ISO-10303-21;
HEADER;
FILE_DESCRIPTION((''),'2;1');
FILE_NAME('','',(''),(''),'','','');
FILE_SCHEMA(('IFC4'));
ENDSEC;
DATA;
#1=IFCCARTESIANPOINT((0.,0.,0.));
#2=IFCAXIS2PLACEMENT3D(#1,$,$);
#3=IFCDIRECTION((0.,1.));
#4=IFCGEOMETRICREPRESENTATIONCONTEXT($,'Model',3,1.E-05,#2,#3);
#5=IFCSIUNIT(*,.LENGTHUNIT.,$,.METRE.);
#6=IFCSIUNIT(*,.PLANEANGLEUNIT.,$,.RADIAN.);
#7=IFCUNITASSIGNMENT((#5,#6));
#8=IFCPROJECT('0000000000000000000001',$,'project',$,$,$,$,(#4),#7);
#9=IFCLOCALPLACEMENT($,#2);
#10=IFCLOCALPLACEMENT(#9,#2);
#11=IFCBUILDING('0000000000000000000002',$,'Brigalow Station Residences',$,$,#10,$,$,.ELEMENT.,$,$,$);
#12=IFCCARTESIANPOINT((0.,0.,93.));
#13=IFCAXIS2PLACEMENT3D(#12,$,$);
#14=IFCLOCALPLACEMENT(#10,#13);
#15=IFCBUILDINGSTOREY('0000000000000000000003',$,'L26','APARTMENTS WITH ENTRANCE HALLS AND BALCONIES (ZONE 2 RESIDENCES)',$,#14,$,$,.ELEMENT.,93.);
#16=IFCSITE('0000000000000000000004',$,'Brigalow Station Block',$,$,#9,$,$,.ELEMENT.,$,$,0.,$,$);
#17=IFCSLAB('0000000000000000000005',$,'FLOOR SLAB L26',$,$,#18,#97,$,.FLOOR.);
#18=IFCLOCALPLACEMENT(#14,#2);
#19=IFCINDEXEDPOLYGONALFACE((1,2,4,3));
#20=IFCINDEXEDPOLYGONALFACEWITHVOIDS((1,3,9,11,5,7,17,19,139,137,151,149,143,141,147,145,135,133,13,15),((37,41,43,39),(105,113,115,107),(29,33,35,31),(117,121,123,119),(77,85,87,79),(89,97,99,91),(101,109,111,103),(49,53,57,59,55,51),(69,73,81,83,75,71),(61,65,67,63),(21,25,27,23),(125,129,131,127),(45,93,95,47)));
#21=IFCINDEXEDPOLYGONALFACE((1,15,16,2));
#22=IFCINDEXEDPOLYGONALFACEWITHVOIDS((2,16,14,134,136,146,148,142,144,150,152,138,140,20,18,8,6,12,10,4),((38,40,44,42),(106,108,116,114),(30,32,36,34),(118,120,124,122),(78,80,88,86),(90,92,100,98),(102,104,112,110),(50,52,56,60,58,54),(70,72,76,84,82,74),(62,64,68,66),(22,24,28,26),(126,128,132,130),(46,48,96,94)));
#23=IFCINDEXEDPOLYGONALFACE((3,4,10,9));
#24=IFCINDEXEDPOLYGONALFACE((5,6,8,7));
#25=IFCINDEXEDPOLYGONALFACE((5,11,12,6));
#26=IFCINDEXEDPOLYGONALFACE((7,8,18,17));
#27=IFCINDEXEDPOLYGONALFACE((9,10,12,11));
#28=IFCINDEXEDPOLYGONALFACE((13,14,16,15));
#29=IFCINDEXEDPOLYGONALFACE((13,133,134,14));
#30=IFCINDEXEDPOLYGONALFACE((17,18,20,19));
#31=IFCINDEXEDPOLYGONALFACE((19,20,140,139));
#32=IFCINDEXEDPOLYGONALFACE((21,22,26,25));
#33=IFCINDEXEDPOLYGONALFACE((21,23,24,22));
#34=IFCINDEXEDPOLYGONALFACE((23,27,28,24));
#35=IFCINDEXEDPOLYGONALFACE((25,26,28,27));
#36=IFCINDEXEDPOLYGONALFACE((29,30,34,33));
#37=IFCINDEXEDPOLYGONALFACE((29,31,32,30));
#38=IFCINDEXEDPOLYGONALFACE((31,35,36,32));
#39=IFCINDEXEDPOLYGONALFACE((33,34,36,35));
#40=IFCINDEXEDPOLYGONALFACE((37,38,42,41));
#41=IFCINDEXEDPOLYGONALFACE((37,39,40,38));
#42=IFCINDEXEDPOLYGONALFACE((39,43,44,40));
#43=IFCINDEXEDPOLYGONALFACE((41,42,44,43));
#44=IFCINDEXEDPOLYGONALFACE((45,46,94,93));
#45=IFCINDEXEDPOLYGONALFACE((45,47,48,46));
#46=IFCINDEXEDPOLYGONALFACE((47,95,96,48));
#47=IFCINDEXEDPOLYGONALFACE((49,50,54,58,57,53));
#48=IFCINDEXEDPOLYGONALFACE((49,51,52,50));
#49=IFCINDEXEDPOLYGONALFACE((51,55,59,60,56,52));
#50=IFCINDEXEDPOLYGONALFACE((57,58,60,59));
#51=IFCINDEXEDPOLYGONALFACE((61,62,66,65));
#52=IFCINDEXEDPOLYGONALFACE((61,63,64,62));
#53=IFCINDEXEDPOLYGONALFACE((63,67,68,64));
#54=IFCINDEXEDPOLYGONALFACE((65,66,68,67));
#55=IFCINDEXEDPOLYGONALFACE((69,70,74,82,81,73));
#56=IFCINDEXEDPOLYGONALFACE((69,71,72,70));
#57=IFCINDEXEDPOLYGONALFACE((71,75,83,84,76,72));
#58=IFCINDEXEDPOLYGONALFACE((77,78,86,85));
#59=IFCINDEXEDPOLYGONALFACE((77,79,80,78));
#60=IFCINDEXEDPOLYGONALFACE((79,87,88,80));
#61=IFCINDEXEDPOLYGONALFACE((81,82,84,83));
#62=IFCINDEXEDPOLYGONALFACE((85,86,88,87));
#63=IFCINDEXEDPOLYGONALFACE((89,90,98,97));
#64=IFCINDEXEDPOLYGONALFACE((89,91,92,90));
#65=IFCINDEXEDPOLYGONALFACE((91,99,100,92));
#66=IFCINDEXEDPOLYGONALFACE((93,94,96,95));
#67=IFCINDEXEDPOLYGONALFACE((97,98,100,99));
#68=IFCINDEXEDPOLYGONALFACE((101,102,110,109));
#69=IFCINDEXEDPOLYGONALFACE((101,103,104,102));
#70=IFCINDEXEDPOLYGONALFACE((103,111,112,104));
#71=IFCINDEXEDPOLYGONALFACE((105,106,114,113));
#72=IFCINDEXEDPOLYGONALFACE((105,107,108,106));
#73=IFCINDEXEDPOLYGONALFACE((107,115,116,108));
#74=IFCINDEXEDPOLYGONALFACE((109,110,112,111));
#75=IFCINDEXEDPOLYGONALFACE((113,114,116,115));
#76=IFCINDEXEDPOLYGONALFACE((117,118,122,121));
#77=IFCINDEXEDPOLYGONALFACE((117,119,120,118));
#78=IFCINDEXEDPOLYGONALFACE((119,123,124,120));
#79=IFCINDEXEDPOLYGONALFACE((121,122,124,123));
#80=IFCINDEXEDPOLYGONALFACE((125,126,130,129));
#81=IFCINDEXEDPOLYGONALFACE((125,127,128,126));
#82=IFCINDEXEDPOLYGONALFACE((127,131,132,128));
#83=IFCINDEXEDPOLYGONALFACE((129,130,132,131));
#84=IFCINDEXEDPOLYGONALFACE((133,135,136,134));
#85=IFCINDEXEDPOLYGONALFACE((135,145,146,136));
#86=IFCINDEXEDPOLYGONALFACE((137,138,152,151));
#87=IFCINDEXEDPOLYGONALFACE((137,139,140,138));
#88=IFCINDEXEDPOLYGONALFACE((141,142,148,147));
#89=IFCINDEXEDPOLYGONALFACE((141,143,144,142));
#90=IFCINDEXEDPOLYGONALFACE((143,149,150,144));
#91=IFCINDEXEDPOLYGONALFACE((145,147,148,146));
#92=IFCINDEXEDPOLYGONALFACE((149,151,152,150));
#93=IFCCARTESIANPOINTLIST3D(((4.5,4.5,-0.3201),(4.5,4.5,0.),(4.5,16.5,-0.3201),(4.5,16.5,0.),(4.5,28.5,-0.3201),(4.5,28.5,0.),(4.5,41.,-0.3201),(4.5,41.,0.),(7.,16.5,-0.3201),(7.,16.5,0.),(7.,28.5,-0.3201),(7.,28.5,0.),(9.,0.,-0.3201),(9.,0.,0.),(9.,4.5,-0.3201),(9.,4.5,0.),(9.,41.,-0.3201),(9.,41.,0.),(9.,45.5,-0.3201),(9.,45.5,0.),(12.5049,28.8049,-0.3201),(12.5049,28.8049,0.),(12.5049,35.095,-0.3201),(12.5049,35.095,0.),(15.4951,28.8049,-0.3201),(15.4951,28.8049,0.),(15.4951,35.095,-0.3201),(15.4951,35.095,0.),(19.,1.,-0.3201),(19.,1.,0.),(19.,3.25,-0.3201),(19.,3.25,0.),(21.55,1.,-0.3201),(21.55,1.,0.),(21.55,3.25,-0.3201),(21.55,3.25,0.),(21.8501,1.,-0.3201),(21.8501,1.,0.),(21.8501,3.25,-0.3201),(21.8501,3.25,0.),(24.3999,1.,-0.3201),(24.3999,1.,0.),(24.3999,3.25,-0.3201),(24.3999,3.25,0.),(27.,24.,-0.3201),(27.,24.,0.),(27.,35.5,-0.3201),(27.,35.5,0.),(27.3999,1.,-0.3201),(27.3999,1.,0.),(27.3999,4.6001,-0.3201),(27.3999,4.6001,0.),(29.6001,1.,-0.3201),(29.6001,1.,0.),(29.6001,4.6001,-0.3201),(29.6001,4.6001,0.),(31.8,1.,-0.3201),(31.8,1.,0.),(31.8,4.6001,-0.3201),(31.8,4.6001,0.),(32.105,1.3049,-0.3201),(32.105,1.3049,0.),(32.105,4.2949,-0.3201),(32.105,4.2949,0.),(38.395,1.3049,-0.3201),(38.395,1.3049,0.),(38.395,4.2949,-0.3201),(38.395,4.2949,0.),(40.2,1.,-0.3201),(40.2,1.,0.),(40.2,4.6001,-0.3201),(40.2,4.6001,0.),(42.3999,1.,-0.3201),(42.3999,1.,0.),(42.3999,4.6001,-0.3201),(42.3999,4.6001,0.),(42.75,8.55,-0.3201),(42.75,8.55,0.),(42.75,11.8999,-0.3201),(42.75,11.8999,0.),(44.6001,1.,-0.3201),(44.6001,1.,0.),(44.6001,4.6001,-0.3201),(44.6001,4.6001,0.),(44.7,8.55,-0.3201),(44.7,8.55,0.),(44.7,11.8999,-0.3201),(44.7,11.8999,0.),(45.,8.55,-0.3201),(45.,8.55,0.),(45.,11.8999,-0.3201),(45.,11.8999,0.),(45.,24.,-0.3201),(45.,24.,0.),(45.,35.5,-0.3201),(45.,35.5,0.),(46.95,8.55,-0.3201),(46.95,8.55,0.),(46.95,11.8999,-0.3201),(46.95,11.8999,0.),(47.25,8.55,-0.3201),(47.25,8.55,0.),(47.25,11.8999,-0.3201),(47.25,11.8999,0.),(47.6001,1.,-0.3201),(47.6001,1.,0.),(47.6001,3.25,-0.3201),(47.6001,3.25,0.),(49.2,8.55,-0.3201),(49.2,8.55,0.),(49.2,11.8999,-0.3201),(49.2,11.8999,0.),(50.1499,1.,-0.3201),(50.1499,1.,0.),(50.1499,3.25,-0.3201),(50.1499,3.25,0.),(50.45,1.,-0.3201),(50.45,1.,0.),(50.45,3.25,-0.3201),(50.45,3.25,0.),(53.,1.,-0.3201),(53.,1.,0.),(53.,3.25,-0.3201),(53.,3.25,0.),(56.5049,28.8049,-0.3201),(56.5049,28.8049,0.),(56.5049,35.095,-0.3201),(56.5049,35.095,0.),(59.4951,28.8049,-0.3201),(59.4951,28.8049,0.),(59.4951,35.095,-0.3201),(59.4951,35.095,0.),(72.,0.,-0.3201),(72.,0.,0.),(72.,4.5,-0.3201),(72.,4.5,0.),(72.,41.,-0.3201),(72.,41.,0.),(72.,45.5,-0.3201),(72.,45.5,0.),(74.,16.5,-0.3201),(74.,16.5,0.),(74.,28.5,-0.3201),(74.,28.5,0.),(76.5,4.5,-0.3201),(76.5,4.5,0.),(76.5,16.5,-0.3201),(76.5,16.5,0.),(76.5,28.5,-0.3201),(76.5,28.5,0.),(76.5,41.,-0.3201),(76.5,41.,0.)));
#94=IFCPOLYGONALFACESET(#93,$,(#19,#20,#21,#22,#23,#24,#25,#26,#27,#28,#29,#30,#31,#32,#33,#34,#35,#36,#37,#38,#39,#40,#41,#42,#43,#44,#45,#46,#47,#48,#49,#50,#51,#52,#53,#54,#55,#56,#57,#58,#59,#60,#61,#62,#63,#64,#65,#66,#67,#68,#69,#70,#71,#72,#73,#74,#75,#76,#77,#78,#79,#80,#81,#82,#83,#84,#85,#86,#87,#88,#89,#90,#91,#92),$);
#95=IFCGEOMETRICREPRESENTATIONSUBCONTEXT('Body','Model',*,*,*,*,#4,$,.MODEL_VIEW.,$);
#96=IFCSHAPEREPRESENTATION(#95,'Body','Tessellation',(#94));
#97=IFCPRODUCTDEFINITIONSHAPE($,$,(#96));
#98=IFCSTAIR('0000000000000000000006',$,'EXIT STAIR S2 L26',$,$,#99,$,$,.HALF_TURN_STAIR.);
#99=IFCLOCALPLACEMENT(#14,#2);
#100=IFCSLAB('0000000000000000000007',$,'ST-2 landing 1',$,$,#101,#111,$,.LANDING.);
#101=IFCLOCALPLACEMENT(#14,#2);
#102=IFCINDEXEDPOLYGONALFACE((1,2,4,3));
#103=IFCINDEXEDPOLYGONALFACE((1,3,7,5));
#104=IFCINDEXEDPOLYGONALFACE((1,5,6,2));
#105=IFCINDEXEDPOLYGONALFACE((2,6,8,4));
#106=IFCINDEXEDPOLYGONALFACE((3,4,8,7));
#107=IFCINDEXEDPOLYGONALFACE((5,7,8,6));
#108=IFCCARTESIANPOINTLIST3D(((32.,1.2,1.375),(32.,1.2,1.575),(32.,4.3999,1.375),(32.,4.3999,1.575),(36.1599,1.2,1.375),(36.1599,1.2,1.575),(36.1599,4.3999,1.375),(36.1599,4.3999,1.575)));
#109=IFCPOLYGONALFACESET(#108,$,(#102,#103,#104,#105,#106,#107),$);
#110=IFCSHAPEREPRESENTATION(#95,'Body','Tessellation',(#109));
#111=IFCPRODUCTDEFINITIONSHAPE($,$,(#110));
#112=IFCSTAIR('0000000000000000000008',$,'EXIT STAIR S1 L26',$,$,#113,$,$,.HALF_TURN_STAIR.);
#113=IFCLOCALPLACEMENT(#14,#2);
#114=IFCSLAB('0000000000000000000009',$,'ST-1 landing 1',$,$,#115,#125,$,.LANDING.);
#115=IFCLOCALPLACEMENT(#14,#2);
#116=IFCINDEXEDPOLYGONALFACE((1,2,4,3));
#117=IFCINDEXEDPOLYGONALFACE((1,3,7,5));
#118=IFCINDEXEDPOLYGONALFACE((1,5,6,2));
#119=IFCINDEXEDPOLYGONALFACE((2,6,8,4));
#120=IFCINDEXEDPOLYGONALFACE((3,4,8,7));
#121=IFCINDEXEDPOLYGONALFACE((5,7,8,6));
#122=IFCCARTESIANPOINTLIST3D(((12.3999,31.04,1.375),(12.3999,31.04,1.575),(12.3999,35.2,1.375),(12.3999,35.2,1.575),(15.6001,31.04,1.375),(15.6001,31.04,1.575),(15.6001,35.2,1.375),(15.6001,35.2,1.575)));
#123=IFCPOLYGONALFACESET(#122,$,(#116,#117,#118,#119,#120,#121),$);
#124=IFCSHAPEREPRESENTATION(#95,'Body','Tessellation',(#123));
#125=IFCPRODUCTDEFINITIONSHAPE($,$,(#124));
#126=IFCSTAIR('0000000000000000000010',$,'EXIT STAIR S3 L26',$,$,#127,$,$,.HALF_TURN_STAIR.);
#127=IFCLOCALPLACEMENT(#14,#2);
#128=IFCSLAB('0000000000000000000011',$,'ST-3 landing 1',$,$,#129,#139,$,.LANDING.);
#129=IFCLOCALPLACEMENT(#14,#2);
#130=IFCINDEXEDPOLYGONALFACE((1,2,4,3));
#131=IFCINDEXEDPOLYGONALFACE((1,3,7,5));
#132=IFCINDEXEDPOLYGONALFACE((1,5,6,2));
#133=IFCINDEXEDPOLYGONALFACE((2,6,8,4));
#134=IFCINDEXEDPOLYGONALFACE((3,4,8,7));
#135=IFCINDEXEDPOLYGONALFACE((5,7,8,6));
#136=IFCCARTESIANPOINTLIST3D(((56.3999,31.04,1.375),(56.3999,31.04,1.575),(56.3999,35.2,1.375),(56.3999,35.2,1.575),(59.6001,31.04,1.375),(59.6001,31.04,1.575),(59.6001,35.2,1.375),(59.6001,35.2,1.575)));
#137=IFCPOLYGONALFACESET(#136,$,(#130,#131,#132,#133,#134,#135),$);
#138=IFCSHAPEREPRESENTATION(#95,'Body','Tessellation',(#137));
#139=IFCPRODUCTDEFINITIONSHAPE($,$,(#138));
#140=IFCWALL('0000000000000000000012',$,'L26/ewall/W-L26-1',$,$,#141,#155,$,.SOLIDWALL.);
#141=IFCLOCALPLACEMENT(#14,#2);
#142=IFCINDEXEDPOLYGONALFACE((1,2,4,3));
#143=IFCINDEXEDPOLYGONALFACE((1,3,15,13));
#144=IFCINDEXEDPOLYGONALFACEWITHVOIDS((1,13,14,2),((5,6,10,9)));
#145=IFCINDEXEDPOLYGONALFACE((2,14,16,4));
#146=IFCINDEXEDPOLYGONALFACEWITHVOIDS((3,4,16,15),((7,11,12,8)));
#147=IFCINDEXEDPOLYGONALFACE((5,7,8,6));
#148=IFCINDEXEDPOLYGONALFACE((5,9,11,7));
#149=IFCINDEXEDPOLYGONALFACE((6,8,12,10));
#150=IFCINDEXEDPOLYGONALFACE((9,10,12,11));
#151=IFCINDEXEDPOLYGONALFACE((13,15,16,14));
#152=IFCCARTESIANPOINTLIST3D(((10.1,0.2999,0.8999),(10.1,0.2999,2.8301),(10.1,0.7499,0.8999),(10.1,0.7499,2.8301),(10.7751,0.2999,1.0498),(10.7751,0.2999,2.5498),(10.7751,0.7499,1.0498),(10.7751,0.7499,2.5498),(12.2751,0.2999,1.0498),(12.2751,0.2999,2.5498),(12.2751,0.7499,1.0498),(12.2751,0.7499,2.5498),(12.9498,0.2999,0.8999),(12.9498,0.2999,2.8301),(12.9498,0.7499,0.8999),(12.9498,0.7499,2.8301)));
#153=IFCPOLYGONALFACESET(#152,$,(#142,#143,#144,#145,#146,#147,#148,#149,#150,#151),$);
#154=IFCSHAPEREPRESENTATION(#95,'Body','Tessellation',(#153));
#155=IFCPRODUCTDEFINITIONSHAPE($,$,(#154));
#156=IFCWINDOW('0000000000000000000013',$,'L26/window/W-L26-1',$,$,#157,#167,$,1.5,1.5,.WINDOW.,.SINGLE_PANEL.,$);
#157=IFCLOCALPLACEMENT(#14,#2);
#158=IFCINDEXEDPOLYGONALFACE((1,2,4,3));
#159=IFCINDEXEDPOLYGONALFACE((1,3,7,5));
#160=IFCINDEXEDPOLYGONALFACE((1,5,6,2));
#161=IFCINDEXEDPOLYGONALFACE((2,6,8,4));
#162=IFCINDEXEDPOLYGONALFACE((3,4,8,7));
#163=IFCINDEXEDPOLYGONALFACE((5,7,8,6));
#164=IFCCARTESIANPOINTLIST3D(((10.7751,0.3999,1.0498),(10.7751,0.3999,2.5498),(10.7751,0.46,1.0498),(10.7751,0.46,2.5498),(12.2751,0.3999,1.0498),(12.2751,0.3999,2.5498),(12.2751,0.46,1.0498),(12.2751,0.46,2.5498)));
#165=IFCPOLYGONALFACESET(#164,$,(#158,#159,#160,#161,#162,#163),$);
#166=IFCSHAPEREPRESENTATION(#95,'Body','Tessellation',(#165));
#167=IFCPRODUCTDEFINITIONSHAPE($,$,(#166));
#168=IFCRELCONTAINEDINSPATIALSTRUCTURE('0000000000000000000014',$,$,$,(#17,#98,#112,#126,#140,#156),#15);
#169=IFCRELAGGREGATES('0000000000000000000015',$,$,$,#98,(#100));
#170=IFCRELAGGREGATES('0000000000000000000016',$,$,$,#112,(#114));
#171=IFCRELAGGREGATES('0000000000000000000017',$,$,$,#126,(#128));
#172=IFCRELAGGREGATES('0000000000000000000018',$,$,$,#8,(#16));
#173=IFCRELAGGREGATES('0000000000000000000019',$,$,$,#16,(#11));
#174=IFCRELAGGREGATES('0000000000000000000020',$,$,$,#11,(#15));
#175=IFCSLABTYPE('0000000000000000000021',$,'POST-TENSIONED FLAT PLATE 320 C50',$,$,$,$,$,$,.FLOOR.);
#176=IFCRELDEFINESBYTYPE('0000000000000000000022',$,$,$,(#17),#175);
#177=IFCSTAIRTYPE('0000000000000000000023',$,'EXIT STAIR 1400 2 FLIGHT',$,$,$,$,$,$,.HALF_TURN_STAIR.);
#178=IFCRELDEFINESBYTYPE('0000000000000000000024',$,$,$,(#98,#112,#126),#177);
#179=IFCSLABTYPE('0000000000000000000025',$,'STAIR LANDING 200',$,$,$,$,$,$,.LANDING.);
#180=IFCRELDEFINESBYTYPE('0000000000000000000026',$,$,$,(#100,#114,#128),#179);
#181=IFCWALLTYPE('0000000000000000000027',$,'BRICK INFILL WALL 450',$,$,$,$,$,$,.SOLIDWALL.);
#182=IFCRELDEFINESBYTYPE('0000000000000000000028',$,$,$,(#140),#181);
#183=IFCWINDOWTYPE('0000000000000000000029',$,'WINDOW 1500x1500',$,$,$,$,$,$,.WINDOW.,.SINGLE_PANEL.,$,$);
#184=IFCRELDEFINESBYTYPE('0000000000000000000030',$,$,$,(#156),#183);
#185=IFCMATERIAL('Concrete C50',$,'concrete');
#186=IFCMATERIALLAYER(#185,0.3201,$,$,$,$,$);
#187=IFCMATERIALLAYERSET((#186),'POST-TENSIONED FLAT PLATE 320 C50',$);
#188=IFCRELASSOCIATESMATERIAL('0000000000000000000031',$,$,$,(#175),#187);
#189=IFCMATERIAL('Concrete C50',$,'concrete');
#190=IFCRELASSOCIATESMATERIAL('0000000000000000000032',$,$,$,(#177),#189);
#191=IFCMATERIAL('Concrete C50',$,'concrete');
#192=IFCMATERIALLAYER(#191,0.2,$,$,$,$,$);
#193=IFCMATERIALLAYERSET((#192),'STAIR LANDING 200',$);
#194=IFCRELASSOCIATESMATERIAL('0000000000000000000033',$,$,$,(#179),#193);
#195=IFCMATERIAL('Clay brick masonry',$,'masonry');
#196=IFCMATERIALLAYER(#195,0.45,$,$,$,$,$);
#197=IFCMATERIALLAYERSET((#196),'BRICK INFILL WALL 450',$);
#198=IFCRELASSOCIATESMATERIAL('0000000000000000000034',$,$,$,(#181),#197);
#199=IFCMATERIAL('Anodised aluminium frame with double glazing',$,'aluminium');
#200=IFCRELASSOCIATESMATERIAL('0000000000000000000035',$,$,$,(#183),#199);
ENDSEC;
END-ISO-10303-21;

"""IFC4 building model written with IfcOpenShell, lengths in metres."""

from ifc_helpers import new_model, si_unit, direction, frame, frame_2d, origin, place, context, subcontext, project, spatial, polyline, rectangle, outline, extrude, material, layer, layer_set, type_object, element, fill, aggregate, save


model = new_model("IFC4")

# Units and contexts
model_context = context("Model", 3, precision=1e-05, world=origin(), true_north=direction((0.0, 1.0)))
body_context = subcontext(model_context, "Body", "Model", "MODEL_VIEW")
ifc_project = project(units=[si_unit("LENGTHUNIT", "METRE"), si_unit("PLANEANGLEUNIT", "RADIAN")], contexts=[model_context])

# Site, building, storey
site_placement = place(None, origin())
site = spatial("IfcSite", under=ifc_project, at=site_placement, Name="Brigalow Station Block", CompositionType="ELEMENT", RefElevation=0.0)
building_placement = place(site_placement, origin())
building = spatial("IfcBuilding", under=site, at=building_placement, Name="Brigalow Station Residences", CompositionType="ELEMENT")
storey_placement = place(building_placement, frame((0.0, 0.0, 93.0)))
storey = spatial("IfcBuildingStorey", under=building, at=storey_placement, Name="L26", Description="APARTMENTS WITH ENTRANCE HALLS AND BALCONIES (ZONE 2 RESIDENCES)", CompositionType="ELEMENT", Elevation=93.0)

# Slab
ifc_material_1 = material(Name="Concrete C50", Category="concrete")
ifc_layer_1 = layer(ifc_material_1, 0.3201)
ifc_layer_set_1 = layer_set([ifc_layer_1], Name="POST-TENSIONED FLAT PLATE 320 C50")
slab_type_1 = type_object("IfcSlabType", Name="POST-TENSIONED FLAT PLATE 320 C50", PredefinedType="FLOOR", material=ifc_layer_set_1)
slab_1_placement = place(storey_placement, frame((0.0, 0.0, -0.3201)))
element("IfcSlab", 1, at=slab_1_placement, inside=storey, type_object=slab_type_1, Name="FLOOR SLAB L26", PredefinedType="FLOOR", context=body_context, shape_type="SweptSolid", body=[
    extrude(outline(polyline([(9.0, 0.0), (72.0, 0.0), (72.0, 4.5), (76.5, 4.5), (76.5, 16.5), (74.0, 16.5), (74.0, 28.5), (76.5, 28.5), (76.5, 41.0), (72.0, 41.0), (72.0, 45.5), (9.0, 45.5), (9.0, 41.0), (4.5, 41.0), (4.5, 28.5), (7.0, 28.5), (7.0, 16.5), (4.5, 16.5), (4.5, 4.5), (9.0, 4.5), (9.0, 0.0)]), holes=[polyline([(12.5049, 35.095), (15.4951, 35.095), (15.4951, 28.8049), (12.5049, 28.8049), (12.5049, 35.095)]), polyline([(19.0, 1.0), (19.0, 3.25), (21.55, 3.25), (21.55, 1.0), (19.0, 1.0)]), polyline([(21.8501, 3.25), (24.3999, 3.25), (24.3999, 1.0), (21.8501, 1.0), (21.8501, 3.25)]), polyline([(27.0, 35.5), (45.0, 35.5), (45.0, 24.0), (27.0, 24.0), (27.0, 35.5)]), polyline([(29.6001, 4.6001), (31.8, 4.6001), (31.8, 1.0), (29.6001, 1.0), (27.3999, 1.0), (27.3999, 4.6001), (29.6001, 4.6001)]), polyline([(32.105, 4.2949), (38.395, 4.2949), (38.395, 1.3049), (32.105, 1.3049), (32.105, 4.2949)]), polyline([(40.2, 4.6001), (42.3999, 4.6001), (44.6001, 4.6001), (44.6001, 1.0), (42.3999, 1.0), (40.2, 1.0), (40.2, 4.6001)]), polyline([(42.75, 11.8999), (44.7, 11.8999), (44.7, 8.55), (42.75, 8.55), (42.75, 11.8999)]), polyline([(45.0, 11.8999), (46.95, 11.8999), (46.95, 8.55), (45.0, 8.55), (45.0, 11.8999)]), polyline([(47.25, 11.8999), (49.2, 11.8999), (49.2, 8.55), (47.25, 8.55), (47.25, 11.8999)]), polyline([(47.6001, 3.25), (50.1499, 3.25), (50.1499, 1.0), (47.6001, 1.0), (47.6001, 3.25)]), polyline([(50.45, 3.25), (53.0, 3.25), (53.0, 1.0), (50.45, 1.0), (50.45, 3.25)]), polyline([(56.5049, 35.095), (59.4951, 35.095), (59.4951, 28.8049), (56.5049, 28.8049), (56.5049, 35.095)])]), origin(), (0.0, 0.0, 1.0), 0.3201),
])

# Stairs, slabs
ifc_material_2 = material(Name="Concrete C50", Category="concrete")
stair_type = type_object("IfcStairType", Name="EXIT STAIR 1400 2 FLIGHT", PredefinedType="HALF_TURN_STAIR", material=ifc_material_2)
stair_1_placement = place(storey_placement, origin())
stair_1 = element("IfcStair", 2, at=stair_1_placement, inside=storey, type_object=stair_type, Name="EXIT STAIR S2 L26", PredefinedType="HALF_TURN_STAIR")
ifc_material_3 = material(Name="Concrete C50", Category="concrete")
ifc_layer_2 = layer(ifc_material_3, 0.2)
ifc_layer_set_2 = layer_set([ifc_layer_2], Name="STAIR LANDING 200")
slab_type_2 = type_object("IfcSlabType", Name="STAIR LANDING 200", PredefinedType="LANDING", material=ifc_layer_set_2)
slab_2_placement = place(storey_placement, frame((0.0, 0.0, 1.375)))
slab_2 = element("IfcSlab", 3, at=slab_2_placement, type_object=slab_type_2, Name="ST-2 landing 1", PredefinedType="LANDING", context=body_context, shape_type="SweptSolid", body=[
    extrude(outline(polyline([(32.0, 1.2), (36.1599, 1.2), (36.1599, 4.3999), (32.0, 4.3999), (32.0, 1.2)])), origin(), (0.0, 0.0, 1.0), 0.2),
])
aggregate(stair_1, [slab_2])
stair_2_placement = place(storey_placement, origin())
stair_2 = element("IfcStair", 4, at=stair_2_placement, inside=storey, type_object=stair_type, Name="EXIT STAIR S1 L26", PredefinedType="HALF_TURN_STAIR")
slab_3_placement = place(storey_placement, frame((0.0, 0.0, 1.375)))
slab_3 = element("IfcSlab", 5, at=slab_3_placement, type_object=slab_type_2, Name="ST-1 landing 1", PredefinedType="LANDING", context=body_context, shape_type="SweptSolid", body=[
    extrude(outline(polyline([(12.3999, 31.04), (15.6001, 31.04), (15.6001, 35.2), (12.3999, 35.2), (12.3999, 31.04)])), origin(), (0.0, 0.0, 1.0), 0.2),
])
aggregate(stair_2, [slab_3])
stair_3_placement = place(storey_placement, origin())
stair_3 = element("IfcStair", 6, at=stair_3_placement, inside=storey, type_object=stair_type, Name="EXIT STAIR S3 L26", PredefinedType="HALF_TURN_STAIR")
slab_4_placement = place(storey_placement, frame((0.0, 0.0, 1.375)))
slab_4 = element("IfcSlab", 7, at=slab_4_placement, type_object=slab_type_2, Name="ST-3 landing 1", PredefinedType="LANDING", context=body_context, shape_type="SweptSolid", body=[
    extrude(outline(polyline([(56.3999, 31.04), (59.6001, 31.04), (59.6001, 35.2), (56.3999, 35.2), (56.3999, 31.04)])), origin(), (0.0, 0.0, 1.0), 0.2),
])
aggregate(stair_3, [slab_4])

# Wall, opening, window
ifc_material_4 = material(Name="Clay brick masonry", Category="masonry")
ifc_layer_3 = layer(ifc_material_4, 0.45)
ifc_layer_set_3 = layer_set([ifc_layer_3], Name="BRICK INFILL WALL 450")
wall_type_1 = type_object("IfcWallType", Name="BRICK INFILL WALL 450", PredefinedType="SOLIDWALL", material=ifc_layer_set_3)
wall_1_placement = place(storey_placement, frame((10.1001, 0.5249, 0.8999), z_axis=(0.0, 0.0, 1.0), x_axis=(1.0, 0.0, 0.0)))
wall_1 = element("IfcWall", 8, at=wall_1_placement, inside=storey, type_object=wall_type_1, Name="L26/ewall/W-L26-1", PredefinedType="SOLIDWALL", context=body_context, shape_type="SweptSolid", body=[
    extrude(rectangle(XDim=2.8499, YDim=0.45, at=frame_2d((1.4248, 0.0))), origin(), (0.0, 0.0, 1.0), 1.9302),
])
opening_1_placement = place(wall_1_placement, frame((0.675, 0.0, 0.1499)))
opening_1 = element("IfcOpeningElement", 9, at=opening_1_placement, cuts=wall_1, PredefinedType="OPENING", context=body_context, shape_type="SweptSolid", body=[
    extrude(rectangle(XDim=1.5, YDim=1.5, at=frame_2d((0.75, 0.75))), frame((0.0, 0.2349, 0.0), z_axis=(0.0, -1.0, 0.0), x_axis=(1.0, 0.0, 0.0)), (0.0, 0.0, 1.0), 0.47),
])
ifc_material_5 = material(Name="Anodised aluminium frame with double glazing", Category="aluminium")
window_type_1 = type_object("IfcWindowType", Name="WINDOW 1500x1500", PartitioningType="SINGLE_PANEL", PredefinedType="WINDOW", material=ifc_material_5)
window_1_placement = place(opening_1_placement, origin())
window_1 = element("IfcWindow", 10, at=window_1_placement, inside=storey, type_object=window_type_1, Name="L26/window/W-L26-1", OverallHeight=1.5, OverallWidth=1.5, PartitioningType="SINGLE_PANEL", PredefinedType="WINDOW", context=body_context, shape_type="SweptSolid", body=[
    extrude(rectangle(XDim=1.5, YDim=1.5, at=frame_2d((0.75, 0.75))), frame((0.0, -0.0649, 0.0), z_axis=(0.0, -1.0, 0.0), x_axis=(1.0, 0.0, 0.0)), (0.0, 0.0, 1.0), 0.0601),
])
fill(opening_1, window_1)

save(model, "model.ifc")
